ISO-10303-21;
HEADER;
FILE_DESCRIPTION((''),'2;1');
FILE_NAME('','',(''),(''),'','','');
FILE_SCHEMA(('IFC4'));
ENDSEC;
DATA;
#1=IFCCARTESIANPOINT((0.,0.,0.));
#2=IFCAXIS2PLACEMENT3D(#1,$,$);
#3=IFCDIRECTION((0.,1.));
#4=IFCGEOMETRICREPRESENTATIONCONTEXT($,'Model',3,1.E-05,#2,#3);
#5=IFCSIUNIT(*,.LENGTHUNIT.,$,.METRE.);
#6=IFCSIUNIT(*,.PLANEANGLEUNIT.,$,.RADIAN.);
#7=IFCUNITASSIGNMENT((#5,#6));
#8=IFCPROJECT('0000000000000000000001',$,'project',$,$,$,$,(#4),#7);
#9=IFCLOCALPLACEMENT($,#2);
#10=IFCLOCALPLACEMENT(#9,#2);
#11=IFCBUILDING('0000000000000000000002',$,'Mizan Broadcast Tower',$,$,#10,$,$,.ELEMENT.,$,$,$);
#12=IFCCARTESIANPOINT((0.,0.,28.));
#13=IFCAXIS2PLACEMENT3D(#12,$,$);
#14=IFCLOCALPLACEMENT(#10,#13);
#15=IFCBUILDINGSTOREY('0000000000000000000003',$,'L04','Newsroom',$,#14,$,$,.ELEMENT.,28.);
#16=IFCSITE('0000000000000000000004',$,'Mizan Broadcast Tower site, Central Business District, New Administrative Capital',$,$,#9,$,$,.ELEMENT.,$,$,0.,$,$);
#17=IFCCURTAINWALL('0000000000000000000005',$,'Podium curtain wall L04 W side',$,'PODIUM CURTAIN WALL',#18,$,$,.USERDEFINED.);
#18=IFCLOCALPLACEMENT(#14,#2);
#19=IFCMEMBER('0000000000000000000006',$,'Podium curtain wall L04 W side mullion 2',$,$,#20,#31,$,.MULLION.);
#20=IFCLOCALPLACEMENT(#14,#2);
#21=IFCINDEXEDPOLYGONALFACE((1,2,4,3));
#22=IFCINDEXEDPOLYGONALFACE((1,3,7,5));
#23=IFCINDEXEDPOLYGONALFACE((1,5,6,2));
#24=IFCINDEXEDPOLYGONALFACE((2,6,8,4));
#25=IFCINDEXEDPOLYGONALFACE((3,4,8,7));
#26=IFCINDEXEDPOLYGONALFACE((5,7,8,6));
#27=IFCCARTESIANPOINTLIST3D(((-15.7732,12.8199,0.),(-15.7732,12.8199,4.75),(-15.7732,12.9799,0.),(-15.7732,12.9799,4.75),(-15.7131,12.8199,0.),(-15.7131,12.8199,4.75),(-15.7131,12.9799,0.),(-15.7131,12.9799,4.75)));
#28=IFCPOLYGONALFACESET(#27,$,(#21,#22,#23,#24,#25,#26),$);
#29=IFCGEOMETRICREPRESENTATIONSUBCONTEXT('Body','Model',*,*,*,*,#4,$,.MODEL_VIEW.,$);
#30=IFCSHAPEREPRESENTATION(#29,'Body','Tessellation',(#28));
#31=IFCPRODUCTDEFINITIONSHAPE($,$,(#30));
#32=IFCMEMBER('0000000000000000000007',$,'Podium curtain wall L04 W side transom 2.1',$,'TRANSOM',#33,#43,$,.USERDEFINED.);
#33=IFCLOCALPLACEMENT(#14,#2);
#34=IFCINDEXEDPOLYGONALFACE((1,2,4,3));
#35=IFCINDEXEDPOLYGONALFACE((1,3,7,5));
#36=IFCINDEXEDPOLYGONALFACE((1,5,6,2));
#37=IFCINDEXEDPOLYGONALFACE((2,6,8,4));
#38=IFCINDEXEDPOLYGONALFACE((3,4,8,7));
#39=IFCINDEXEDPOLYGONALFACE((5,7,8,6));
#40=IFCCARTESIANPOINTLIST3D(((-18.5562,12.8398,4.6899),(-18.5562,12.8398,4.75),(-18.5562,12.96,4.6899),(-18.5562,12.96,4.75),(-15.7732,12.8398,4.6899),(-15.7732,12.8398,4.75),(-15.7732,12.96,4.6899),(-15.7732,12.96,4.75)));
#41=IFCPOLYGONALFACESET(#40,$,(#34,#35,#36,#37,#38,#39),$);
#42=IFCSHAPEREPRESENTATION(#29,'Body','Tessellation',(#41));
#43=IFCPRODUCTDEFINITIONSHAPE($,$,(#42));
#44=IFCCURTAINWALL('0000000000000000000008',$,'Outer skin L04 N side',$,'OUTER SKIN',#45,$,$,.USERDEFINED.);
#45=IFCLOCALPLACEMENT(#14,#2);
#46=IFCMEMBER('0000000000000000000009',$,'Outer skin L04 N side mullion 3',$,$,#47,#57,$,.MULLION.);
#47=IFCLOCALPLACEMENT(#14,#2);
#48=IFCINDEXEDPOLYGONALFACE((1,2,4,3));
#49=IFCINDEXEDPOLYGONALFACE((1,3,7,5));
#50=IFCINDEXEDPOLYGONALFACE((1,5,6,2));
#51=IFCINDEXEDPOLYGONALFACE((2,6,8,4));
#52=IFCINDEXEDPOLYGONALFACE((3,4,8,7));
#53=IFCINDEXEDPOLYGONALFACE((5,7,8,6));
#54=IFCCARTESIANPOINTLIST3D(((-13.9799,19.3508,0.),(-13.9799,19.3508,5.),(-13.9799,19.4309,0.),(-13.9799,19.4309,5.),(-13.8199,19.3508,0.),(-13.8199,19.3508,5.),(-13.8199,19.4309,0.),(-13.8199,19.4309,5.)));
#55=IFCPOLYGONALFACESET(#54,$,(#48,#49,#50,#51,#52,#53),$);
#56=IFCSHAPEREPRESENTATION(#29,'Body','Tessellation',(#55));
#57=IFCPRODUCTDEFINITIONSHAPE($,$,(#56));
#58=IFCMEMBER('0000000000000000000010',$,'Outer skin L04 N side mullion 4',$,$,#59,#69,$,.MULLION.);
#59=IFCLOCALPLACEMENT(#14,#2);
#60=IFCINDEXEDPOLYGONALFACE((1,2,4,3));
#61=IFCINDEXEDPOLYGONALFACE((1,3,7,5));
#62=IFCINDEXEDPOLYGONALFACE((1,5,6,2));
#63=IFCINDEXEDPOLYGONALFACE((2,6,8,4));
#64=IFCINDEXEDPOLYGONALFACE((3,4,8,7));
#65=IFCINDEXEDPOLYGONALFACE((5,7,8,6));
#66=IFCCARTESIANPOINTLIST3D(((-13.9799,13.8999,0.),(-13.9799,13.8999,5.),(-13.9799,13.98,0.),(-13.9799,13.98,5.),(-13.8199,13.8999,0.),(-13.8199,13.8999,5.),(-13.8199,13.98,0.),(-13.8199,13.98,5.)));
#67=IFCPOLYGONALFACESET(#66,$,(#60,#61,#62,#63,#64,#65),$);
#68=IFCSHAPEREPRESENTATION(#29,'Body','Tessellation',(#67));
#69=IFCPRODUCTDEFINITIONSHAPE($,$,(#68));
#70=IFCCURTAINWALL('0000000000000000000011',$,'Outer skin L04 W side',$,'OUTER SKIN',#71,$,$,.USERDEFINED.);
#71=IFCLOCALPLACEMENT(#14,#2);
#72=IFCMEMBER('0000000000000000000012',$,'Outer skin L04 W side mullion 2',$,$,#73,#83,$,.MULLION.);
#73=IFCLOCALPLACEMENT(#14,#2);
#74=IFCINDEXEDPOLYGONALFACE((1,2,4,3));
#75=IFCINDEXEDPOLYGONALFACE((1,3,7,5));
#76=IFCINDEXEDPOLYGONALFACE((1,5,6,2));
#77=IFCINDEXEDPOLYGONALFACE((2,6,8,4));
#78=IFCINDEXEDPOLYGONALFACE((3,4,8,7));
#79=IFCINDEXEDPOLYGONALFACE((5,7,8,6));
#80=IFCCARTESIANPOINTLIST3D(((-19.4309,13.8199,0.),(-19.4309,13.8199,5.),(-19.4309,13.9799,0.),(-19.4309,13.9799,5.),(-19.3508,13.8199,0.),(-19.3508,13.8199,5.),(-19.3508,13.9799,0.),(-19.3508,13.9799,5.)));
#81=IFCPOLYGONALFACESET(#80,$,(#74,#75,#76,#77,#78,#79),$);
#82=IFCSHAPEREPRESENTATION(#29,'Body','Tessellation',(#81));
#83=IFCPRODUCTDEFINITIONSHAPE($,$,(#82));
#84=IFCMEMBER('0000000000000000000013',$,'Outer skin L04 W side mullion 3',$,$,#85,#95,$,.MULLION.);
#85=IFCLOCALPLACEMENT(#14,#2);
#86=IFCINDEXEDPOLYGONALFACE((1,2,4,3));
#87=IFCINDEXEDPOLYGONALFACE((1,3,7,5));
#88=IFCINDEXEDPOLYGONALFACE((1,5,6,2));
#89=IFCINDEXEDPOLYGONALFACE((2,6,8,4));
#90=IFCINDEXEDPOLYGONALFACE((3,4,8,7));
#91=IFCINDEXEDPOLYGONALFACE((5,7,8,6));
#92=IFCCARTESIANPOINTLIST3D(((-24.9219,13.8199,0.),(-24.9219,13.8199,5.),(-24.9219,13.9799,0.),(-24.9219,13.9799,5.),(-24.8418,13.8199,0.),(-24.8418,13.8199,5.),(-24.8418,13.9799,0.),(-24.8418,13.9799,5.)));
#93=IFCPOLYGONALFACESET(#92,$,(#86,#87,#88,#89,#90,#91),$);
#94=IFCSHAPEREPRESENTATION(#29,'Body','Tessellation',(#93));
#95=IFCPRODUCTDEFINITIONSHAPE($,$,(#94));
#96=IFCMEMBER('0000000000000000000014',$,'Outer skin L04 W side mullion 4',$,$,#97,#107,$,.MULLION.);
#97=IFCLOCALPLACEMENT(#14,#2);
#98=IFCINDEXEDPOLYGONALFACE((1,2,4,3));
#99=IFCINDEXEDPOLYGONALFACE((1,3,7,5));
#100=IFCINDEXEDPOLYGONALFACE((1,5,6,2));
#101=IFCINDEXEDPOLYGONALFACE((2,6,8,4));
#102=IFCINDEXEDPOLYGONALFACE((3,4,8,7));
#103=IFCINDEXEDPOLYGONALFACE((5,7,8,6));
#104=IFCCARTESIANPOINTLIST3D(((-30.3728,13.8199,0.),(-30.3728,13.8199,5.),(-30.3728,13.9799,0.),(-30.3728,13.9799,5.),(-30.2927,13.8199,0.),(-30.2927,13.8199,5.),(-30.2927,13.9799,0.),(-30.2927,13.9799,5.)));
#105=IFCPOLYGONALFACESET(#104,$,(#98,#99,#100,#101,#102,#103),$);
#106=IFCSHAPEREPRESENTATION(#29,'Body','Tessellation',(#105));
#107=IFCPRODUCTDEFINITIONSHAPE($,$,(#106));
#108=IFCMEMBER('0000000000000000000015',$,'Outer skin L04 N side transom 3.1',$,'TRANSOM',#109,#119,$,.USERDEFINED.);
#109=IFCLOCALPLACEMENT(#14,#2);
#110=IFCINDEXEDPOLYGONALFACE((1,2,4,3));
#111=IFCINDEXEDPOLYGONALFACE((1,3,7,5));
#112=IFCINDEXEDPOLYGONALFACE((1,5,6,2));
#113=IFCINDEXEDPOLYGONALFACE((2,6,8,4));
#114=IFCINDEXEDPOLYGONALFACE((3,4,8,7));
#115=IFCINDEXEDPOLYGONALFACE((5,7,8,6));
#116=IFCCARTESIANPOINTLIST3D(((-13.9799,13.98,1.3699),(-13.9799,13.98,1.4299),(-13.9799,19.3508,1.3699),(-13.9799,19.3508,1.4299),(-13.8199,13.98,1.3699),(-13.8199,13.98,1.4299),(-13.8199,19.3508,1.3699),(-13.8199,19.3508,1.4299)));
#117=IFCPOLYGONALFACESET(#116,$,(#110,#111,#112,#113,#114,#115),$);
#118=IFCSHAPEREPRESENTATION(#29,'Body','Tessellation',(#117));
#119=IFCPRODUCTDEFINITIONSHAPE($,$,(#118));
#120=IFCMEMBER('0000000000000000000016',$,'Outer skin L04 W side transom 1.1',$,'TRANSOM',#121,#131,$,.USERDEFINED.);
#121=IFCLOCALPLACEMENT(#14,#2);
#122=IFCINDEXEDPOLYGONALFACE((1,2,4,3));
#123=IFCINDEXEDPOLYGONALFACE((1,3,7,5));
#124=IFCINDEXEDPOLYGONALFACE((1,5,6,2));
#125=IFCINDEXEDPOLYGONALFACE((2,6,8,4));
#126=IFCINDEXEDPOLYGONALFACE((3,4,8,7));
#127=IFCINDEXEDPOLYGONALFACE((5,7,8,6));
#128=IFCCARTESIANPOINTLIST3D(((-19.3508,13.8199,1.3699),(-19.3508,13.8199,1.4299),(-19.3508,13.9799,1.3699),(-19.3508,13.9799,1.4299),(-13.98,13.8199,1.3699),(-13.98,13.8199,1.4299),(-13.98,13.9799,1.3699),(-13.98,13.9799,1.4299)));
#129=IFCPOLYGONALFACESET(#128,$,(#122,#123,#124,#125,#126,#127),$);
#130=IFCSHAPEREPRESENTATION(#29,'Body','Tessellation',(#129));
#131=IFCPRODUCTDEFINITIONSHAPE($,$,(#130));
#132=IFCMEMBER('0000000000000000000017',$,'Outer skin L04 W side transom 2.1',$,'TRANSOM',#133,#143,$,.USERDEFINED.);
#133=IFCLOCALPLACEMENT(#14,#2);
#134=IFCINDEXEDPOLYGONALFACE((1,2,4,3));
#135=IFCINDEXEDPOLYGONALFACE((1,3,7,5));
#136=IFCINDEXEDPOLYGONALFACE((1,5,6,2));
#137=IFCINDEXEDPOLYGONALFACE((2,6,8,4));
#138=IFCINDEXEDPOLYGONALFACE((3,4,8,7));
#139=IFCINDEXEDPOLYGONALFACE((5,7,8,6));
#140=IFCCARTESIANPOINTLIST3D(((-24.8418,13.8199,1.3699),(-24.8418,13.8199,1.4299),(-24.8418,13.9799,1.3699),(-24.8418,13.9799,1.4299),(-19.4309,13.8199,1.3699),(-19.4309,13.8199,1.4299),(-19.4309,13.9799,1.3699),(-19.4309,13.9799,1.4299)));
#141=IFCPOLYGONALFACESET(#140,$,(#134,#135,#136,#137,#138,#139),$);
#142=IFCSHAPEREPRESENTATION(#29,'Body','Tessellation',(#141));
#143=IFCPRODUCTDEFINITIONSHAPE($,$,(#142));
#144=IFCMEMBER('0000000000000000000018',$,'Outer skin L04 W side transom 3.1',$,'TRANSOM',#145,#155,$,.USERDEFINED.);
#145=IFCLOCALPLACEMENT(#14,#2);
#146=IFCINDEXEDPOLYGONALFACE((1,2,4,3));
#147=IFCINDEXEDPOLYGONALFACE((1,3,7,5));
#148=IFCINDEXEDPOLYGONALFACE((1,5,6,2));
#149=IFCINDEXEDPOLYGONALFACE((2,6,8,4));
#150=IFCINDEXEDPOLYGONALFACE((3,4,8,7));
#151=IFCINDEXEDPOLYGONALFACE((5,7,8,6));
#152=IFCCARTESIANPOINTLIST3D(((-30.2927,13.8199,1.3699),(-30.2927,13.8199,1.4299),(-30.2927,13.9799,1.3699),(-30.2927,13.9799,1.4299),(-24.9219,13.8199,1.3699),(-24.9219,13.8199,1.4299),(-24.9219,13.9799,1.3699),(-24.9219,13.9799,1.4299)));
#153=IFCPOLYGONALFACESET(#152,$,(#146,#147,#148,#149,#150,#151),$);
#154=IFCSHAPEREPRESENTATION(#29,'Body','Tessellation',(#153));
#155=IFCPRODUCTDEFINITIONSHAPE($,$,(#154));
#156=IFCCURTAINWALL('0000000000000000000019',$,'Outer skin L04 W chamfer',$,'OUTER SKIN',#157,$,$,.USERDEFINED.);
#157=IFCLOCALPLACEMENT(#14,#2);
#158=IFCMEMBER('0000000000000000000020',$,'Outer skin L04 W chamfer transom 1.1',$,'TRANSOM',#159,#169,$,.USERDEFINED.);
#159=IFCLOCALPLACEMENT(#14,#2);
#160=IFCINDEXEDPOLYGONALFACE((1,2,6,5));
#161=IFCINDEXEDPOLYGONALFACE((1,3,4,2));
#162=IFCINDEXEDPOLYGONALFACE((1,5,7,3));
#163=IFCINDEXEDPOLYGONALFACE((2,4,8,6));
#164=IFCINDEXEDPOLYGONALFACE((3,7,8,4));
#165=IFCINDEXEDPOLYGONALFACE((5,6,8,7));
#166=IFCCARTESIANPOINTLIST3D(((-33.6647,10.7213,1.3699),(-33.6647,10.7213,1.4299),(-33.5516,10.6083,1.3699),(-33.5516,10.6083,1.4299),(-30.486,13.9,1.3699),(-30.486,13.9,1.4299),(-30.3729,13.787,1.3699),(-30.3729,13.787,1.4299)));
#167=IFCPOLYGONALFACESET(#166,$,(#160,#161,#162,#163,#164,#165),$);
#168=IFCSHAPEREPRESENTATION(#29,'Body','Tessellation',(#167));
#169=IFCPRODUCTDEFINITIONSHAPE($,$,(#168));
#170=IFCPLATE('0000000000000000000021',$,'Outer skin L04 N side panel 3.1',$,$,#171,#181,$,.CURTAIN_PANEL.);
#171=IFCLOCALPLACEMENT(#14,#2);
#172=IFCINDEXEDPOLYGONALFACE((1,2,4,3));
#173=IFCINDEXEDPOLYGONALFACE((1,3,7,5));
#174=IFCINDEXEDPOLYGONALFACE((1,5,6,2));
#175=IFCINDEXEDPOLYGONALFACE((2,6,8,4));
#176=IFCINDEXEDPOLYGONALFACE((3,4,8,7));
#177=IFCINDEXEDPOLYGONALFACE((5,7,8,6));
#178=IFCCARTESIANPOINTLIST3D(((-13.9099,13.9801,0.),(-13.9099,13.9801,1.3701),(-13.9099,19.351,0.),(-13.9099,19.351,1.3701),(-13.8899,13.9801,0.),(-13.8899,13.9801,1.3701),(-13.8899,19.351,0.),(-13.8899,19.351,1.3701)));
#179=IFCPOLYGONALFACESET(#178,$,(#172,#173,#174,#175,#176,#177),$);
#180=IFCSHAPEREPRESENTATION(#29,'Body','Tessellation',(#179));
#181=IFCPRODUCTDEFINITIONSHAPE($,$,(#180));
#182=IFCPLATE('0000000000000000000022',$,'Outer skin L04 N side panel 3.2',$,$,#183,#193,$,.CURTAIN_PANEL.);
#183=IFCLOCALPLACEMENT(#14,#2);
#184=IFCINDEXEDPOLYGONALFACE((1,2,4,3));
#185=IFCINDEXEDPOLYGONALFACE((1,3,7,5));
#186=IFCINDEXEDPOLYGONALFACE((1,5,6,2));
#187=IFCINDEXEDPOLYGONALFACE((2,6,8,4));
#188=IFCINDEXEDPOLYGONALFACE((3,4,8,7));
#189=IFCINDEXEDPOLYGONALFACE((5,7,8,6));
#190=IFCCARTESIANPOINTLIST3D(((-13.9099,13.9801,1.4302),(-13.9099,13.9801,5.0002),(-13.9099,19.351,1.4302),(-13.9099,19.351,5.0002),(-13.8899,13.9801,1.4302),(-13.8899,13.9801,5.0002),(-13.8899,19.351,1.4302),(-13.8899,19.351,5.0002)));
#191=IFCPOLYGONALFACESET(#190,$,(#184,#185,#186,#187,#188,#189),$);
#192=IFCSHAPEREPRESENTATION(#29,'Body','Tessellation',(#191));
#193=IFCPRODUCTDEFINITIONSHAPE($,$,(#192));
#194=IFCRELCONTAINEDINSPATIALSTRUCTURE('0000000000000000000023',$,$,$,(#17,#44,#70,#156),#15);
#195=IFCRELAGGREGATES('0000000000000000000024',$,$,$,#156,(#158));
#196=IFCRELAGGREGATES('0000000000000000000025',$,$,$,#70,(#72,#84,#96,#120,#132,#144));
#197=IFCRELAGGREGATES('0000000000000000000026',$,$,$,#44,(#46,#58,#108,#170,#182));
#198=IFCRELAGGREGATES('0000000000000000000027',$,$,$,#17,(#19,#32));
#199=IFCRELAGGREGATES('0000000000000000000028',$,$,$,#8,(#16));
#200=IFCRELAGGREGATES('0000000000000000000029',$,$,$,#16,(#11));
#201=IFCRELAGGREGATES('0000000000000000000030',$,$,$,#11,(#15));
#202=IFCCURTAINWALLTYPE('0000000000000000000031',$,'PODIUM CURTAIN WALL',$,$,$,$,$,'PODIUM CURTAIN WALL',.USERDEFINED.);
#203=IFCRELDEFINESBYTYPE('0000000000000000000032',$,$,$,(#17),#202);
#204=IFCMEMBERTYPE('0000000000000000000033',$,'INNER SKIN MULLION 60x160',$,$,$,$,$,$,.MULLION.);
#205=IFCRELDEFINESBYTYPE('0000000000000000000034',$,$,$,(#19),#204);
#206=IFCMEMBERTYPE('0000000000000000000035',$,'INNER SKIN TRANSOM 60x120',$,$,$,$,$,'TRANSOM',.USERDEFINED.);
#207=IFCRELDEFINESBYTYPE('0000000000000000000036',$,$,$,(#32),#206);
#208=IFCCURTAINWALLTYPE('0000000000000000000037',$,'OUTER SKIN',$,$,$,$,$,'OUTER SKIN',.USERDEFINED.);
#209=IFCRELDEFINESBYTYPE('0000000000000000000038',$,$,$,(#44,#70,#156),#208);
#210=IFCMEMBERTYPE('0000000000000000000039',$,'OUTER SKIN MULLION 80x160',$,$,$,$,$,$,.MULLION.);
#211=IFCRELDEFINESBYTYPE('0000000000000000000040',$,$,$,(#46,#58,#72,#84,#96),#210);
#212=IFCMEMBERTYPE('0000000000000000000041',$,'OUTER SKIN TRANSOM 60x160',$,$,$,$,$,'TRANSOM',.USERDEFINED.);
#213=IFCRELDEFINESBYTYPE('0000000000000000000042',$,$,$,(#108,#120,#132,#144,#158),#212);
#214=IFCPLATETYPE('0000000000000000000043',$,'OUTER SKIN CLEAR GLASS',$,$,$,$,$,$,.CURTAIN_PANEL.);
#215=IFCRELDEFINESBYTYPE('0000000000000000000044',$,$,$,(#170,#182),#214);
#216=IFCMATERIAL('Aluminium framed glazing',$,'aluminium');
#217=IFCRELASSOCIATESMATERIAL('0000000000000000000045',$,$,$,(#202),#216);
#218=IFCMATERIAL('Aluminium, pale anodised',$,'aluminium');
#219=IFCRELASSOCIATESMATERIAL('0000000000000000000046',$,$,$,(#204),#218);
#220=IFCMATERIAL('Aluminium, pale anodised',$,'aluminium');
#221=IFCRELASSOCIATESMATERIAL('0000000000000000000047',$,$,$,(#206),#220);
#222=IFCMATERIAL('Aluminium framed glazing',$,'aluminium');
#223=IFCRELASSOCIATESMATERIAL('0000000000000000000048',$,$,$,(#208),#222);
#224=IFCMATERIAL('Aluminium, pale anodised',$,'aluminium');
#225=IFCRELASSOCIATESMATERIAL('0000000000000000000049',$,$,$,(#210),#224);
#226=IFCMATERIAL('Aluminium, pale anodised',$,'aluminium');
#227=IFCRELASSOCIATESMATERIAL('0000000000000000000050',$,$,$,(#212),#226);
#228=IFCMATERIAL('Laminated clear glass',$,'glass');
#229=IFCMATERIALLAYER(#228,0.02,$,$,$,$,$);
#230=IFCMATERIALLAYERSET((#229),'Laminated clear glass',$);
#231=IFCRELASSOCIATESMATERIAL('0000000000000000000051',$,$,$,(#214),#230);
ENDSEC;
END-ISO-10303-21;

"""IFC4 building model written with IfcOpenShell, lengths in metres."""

from ifc_helpers import new_model, si_unit, direction, frame, origin, origin_2d, place, context, subcontext, project, spatial, rectangle, extrude, material, layer, layer_set, material_profile, profile_set, type_object, element, aggregate, save


model = new_model("IFC4")

# Units and contexts
model_context = context("Model", 3, precision=1e-05, world=origin(), true_north=direction((0.0, 1.0)))
body_context = subcontext(model_context, "Body", "Model", "MODEL_VIEW")
ifc_project = project(units=[si_unit("LENGTHUNIT", "METRE"), si_unit("PLANEANGLEUNIT", "RADIAN")], contexts=[model_context])

# Site, building, storey
site_placement = place(None, origin())
site = spatial("IfcSite", under=ifc_project, at=site_placement, Name="Mizan Broadcast Tower site, Central Business District, New Administrative Capital", CompositionType="ELEMENT", RefElevation=0.0)
building_placement = place(site_placement, origin())
building = spatial("IfcBuilding", under=site, at=building_placement, Name="Mizan Broadcast Tower", CompositionType="ELEMENT")
storey_placement = place(building_placement, frame((0.0, 0.0, 28.0)))
storey = spatial("IfcBuildingStorey", under=building, at=storey_placement, Name="L04", Description="Newsroom", CompositionType="ELEMENT", Elevation=28.0)

# Curtain walls, members
ifc_material_1 = material(Name="Aluminium framed glazing", Category="aluminium")
curtain_wall_type_1 = type_object("IfcCurtainWallType", Name="PODIUM CURTAIN WALL", ElementType="PODIUM CURTAIN WALL", PredefinedType="USERDEFINED", material=ifc_material_1)
curtain_wall_1_placement = place(storey_placement, origin())
curtain_wall_1 = element("IfcCurtainWall", 1, at=curtain_wall_1_placement, inside=storey, type_object=curtain_wall_type_1, Name="Podium curtain wall L04 W side", ObjectType="PODIUM CURTAIN WALL", PredefinedType="USERDEFINED")
ifc_material_2 = material(Name="Aluminium, pale anodised", Category="aluminium")
ifc_material_profile_1 = material_profile(ifc_material_2, rectangle(XDim=0.1599, YDim=0.0601, at=origin_2d()), Name="MULLION 160x60")
ifc_profile_set_1 = profile_set([ifc_material_profile_1], Name="Aluminium, pale anodised")
member_type_1 = type_object("IfcMemberType", Name="INNER SKIN MULLION 60x160", PredefinedType="MULLION", material=ifc_profile_set_1)
member_1_placement = place(storey_placement, frame((-15.7432, 12.8999, 0.0), z_axis=(0.0, 0.0, 1.0), x_axis=(0.0, -1.0, 0.0)))
member_1 = element("IfcMember", 2, at=member_1_placement, type_object=member_type_1, Name="Podium curtain wall L04 W side mullion 2", PredefinedType="MULLION", context=body_context, shape_type="SweptSolid", body=[
    extrude(rectangle(XDim=0.1599, YDim=0.0601, at=origin_2d()), origin(), (0.0, 0.0, 1.0), 4.75),
])
ifc_material_3 = material(Name="Aluminium, pale anodised", Category="aluminium")
ifc_material_profile_2 = material_profile(ifc_material_3, rectangle(XDim=0.1201, YDim=0.0601, at=origin_2d()), Name="TRANSOM 120x60")
ifc_profile_set_2 = profile_set([ifc_material_profile_2], Name="Aluminium, pale anodised")
member_type_2 = type_object("IfcMemberType", Name="INNER SKIN TRANSOM 60x120", ElementType="TRANSOM", PredefinedType="USERDEFINED", material=ifc_profile_set_2)
member_2_placement = place(storey_placement, frame((-15.7732, 12.8999, 4.72), z_axis=(-1.0, 0.0, 0.0), x_axis=(0.0, -1.0, 0.0)))
member_2 = element("IfcMember", 3, at=member_2_placement, type_object=member_type_2, Name="Podium curtain wall L04 W side transom 2.1", ObjectType="TRANSOM", PredefinedType="USERDEFINED", context=body_context, shape_type="SweptSolid", body=[
    extrude(rectangle(XDim=0.1201, YDim=0.0601, at=origin_2d()), origin(), (0.0, 0.0, 1.0), 2.783),
])
ifc_material_4 = material(Name="Aluminium framed glazing", Category="aluminium")
curtain_wall_type_2 = type_object("IfcCurtainWallType", Name="OUTER SKIN", ElementType="OUTER SKIN", PredefinedType="USERDEFINED", material=ifc_material_4)
curtain_wall_2_placement = place(storey_placement, origin())
curtain_wall_2 = element("IfcCurtainWall", 4, at=curtain_wall_2_placement, inside=storey, type_object=curtain_wall_type_2, Name="Outer skin L04 N side", ObjectType="OUTER SKIN", PredefinedType="USERDEFINED")
ifc_material_5 = material(Name="Aluminium, pale anodised", Category="aluminium")
ifc_material_profile_3 = material_profile(ifc_material_5, rectangle(XDim=0.1599, YDim=0.0801, at=origin_2d()), Name="MULLION 160x80")
ifc_profile_set_3 = profile_set([ifc_material_profile_3], Name="Aluminium, pale anodised")
member_type_3 = type_object("IfcMemberType", Name="OUTER SKIN MULLION 80x160", PredefinedType="MULLION", material=ifc_profile_set_3)
member_3_placement = place(storey_placement, frame((-13.8999, 19.3909, 0.0), z_axis=(0.0, 0.0, 1.0), x_axis=(1.0, 0.0, 0.0)))
member_3 = element("IfcMember", 5, at=member_3_placement, type_object=member_type_3, Name="Outer skin L04 N side mullion 3", PredefinedType="MULLION", context=body_context, shape_type="SweptSolid", body=[
    extrude(rectangle(XDim=0.1599, YDim=0.0801, at=origin_2d()), origin(), (0.0, 0.0, 1.0), 5.0),
])
member_4_placement = place(storey_placement, frame((-13.8999, 13.9399, 0.0), z_axis=(0.0, 0.0, 1.0), x_axis=(1.0, 0.0, 0.0)))
member_4 = element("IfcMember", 6, at=member_4_placement, type_object=member_type_3, Name="Outer skin L04 N side mullion 4", PredefinedType="MULLION", context=body_context, shape_type="SweptSolid", body=[
    extrude(rectangle(XDim=0.1599, YDim=0.0801, at=origin_2d()), origin(), (0.0, 0.0, 1.0), 5.0),
])
curtain_wall_3_placement = place(storey_placement, origin())
curtain_wall_3 = element("IfcCurtainWall", 7, at=curtain_wall_3_placement, inside=storey, type_object=curtain_wall_type_2, Name="Outer skin L04 W side", ObjectType="OUTER SKIN", PredefinedType="USERDEFINED")
member_5_placement = place(storey_placement, frame((-19.3909, 13.8999, 0.0), z_axis=(0.0, 0.0, 1.0), x_axis=(0.0, -1.0, 0.0)))
member_5 = element("IfcMember", 8, at=member_5_placement, type_object=member_type_3, Name="Outer skin L04 W side mullion 2", PredefinedType="MULLION", context=body_context, shape_type="SweptSolid", body=[
    extrude(rectangle(XDim=0.1599, YDim=0.0801, at=origin_2d()), origin(), (0.0, 0.0, 1.0), 5.0),
])
member_6_placement = place(storey_placement, frame((-24.8818, 13.8999, 0.0), z_axis=(0.0, 0.0, 1.0), x_axis=(0.0, -1.0, 0.0)))
member_6 = element("IfcMember", 9, at=member_6_placement, type_object=member_type_3, Name="Outer skin L04 W side mullion 3", PredefinedType="MULLION", context=body_context, shape_type="SweptSolid", body=[
    extrude(rectangle(XDim=0.1599, YDim=0.0801, at=origin_2d()), origin(), (0.0, 0.0, 1.0), 5.0),
])
member_7_placement = place(storey_placement, frame((-30.3328, 13.8999, 0.0), z_axis=(0.0, 0.0, 1.0), x_axis=(0.0, -1.0, 0.0)))
member_7 = element("IfcMember", 10, at=member_7_placement, type_object=member_type_3, Name="Outer skin L04 W side mullion 4", PredefinedType="MULLION", context=body_context, shape_type="SweptSolid", body=[
    extrude(rectangle(XDim=0.1599, YDim=0.0801, at=origin_2d()), origin(), (0.0, 0.0, 1.0), 5.0),
])

# Members
ifc_material_6 = material(Name="Aluminium, pale anodised", Category="aluminium")
ifc_material_profile_4 = material_profile(ifc_material_6, rectangle(XDim=0.1599, YDim=0.0601, at=origin_2d()), Name="TRANSOM 160x60")
ifc_profile_set_4 = profile_set([ifc_material_profile_4], Name="Aluminium, pale anodised")
member_type_4 = type_object("IfcMemberType", Name="OUTER SKIN TRANSOM 60x160", ElementType="TRANSOM", PredefinedType="USERDEFINED", material=ifc_profile_set_4)
member_8_placement = place(storey_placement, frame((-13.8999, 19.3508, 1.3999), z_axis=(0.0, -1.0, 0.0), x_axis=(1.0, 0.0, 0.0)))
member_8 = element("IfcMember", 11, at=member_8_placement, type_object=member_type_4, Name="Outer skin L04 N side transom 3.1", ObjectType="TRANSOM", PredefinedType="USERDEFINED", context=body_context, shape_type="SweptSolid", body=[
    extrude(rectangle(XDim=0.1599, YDim=0.0601, at=origin_2d()), origin(), (0.0, 0.0, 1.0), 5.3708),
])
member_9_placement = place(storey_placement, frame((-13.98, 13.8999, 1.3999), z_axis=(-1.0, 0.0, 0.0), x_axis=(0.0, -1.0, 0.0)))
member_9 = element("IfcMember", 12, at=member_9_placement, type_object=member_type_4, Name="Outer skin L04 W side transom 1.1", ObjectType="TRANSOM", PredefinedType="USERDEFINED", context=body_context, shape_type="SweptSolid", body=[
    extrude(rectangle(XDim=0.1599, YDim=0.0601, at=origin_2d()), origin(), (0.0, 0.0, 1.0), 5.3708),
])
member_10_placement = place(storey_placement, frame((-19.4309, 13.8999, 1.3999), z_axis=(-1.0, 0.0, 0.0), x_axis=(0.0, -1.0, 0.0)))
member_10 = element("IfcMember", 13, at=member_10_placement, type_object=member_type_4, Name="Outer skin L04 W side transom 2.1", ObjectType="TRANSOM", PredefinedType="USERDEFINED", context=body_context, shape_type="SweptSolid", body=[
    extrude(rectangle(XDim=0.1599, YDim=0.0601, at=origin_2d()), origin(), (0.0, 0.0, 1.0), 5.4109),
])
member_11_placement = place(storey_placement, frame((-24.9219, 13.8999, 1.3999), z_axis=(-1.0, 0.0, 0.0), x_axis=(0.0, -1.0, 0.0)))
member_11 = element("IfcMember", 14, at=member_11_placement, type_object=member_type_4, Name="Outer skin L04 W side transom 3.1", ObjectType="TRANSOM", PredefinedType="USERDEFINED", context=body_context, shape_type="SweptSolid", body=[
    extrude(rectangle(XDim=0.1599, YDim=0.0601, at=origin_2d()), origin(), (0.0, 0.0, 1.0), 5.3708),
])

# Curtain wall, member
curtain_wall_4_placement = place(storey_placement, origin())
curtain_wall_4 = element("IfcCurtainWall", 15, at=curtain_wall_4_placement, inside=storey, type_object=curtain_wall_type_2, Name="Outer skin L04 W chamfer", ObjectType="OUTER SKIN", PredefinedType="USERDEFINED")
member_12_placement = place(storey_placement, frame((-30.4294, 13.8435, 1.3999), z_axis=(-0.707107, -0.707107, 0.0), x_axis=(0.707107, -0.707107, 0.0)))
member_12 = element("IfcMember", 16, at=member_12_placement, type_object=member_type_4, Name="Outer skin L04 W chamfer transom 1.1", ObjectType="TRANSOM", PredefinedType="USERDEFINED", context=body_context, shape_type="SweptSolid", body=[
    extrude(rectangle(XDim=0.1599, YDim=0.0601, at=origin_2d()), origin(), (0.0, 0.0, 1.0), 4.4954),
])
aggregate(curtain_wall_4, [member_12])

# Plates
ifc_material_7 = material(Name="Laminated clear glass", Category="glass")
ifc_layer_1 = layer(ifc_material_7, 0.02)
ifc_layer_set_1 = layer_set([ifc_layer_1], Name="Laminated clear glass")
plate_type_1 = type_object("IfcPlateType", Name="OUTER SKIN CLEAR GLASS", PredefinedType="CURTAIN_PANEL", material=ifc_layer_set_1)
plate_1_placement = place(storey_placement, frame((-13.8999, 16.6655, 0.0), z_axis=(0.0, 0.0, 1.0), x_axis=(0.0, -1.0, 0.0)))
plate_1 = element("IfcPlate", 17, at=plate_1_placement, type_object=plate_type_1, Name="Outer skin L04 N side panel 3.1", PredefinedType="CURTAIN_PANEL", context=body_context, shape_type="SweptSolid", body=[
    extrude(rectangle(XDim=5.3708, YDim=0.02, at=origin_2d()), origin(), (0.0, 0.0, 1.0), 1.3701),
])
plate_2_placement = place(storey_placement, frame((-13.8999, 16.6655, 1.4302), z_axis=(0.0, 0.0, 1.0), x_axis=(0.0, -1.0, 0.0)))
plate_2 = element("IfcPlate", 18, at=plate_2_placement, type_object=plate_type_1, Name="Outer skin L04 N side panel 3.2", PredefinedType="CURTAIN_PANEL", context=body_context, shape_type="SweptSolid", body=[
    extrude(rectangle(XDim=5.3708, YDim=0.02, at=origin_2d()), origin(), (0.0, 0.0, 1.0), 3.5701),
])
aggregate(curtain_wall_3, [member_5, member_6, member_7, member_9, member_10, member_11])
aggregate(curtain_wall_2, [member_3, member_4, member_8, plate_1, plate_2])
aggregate(curtain_wall_1, [member_1, member_2])

save(model, "model.ifc")
